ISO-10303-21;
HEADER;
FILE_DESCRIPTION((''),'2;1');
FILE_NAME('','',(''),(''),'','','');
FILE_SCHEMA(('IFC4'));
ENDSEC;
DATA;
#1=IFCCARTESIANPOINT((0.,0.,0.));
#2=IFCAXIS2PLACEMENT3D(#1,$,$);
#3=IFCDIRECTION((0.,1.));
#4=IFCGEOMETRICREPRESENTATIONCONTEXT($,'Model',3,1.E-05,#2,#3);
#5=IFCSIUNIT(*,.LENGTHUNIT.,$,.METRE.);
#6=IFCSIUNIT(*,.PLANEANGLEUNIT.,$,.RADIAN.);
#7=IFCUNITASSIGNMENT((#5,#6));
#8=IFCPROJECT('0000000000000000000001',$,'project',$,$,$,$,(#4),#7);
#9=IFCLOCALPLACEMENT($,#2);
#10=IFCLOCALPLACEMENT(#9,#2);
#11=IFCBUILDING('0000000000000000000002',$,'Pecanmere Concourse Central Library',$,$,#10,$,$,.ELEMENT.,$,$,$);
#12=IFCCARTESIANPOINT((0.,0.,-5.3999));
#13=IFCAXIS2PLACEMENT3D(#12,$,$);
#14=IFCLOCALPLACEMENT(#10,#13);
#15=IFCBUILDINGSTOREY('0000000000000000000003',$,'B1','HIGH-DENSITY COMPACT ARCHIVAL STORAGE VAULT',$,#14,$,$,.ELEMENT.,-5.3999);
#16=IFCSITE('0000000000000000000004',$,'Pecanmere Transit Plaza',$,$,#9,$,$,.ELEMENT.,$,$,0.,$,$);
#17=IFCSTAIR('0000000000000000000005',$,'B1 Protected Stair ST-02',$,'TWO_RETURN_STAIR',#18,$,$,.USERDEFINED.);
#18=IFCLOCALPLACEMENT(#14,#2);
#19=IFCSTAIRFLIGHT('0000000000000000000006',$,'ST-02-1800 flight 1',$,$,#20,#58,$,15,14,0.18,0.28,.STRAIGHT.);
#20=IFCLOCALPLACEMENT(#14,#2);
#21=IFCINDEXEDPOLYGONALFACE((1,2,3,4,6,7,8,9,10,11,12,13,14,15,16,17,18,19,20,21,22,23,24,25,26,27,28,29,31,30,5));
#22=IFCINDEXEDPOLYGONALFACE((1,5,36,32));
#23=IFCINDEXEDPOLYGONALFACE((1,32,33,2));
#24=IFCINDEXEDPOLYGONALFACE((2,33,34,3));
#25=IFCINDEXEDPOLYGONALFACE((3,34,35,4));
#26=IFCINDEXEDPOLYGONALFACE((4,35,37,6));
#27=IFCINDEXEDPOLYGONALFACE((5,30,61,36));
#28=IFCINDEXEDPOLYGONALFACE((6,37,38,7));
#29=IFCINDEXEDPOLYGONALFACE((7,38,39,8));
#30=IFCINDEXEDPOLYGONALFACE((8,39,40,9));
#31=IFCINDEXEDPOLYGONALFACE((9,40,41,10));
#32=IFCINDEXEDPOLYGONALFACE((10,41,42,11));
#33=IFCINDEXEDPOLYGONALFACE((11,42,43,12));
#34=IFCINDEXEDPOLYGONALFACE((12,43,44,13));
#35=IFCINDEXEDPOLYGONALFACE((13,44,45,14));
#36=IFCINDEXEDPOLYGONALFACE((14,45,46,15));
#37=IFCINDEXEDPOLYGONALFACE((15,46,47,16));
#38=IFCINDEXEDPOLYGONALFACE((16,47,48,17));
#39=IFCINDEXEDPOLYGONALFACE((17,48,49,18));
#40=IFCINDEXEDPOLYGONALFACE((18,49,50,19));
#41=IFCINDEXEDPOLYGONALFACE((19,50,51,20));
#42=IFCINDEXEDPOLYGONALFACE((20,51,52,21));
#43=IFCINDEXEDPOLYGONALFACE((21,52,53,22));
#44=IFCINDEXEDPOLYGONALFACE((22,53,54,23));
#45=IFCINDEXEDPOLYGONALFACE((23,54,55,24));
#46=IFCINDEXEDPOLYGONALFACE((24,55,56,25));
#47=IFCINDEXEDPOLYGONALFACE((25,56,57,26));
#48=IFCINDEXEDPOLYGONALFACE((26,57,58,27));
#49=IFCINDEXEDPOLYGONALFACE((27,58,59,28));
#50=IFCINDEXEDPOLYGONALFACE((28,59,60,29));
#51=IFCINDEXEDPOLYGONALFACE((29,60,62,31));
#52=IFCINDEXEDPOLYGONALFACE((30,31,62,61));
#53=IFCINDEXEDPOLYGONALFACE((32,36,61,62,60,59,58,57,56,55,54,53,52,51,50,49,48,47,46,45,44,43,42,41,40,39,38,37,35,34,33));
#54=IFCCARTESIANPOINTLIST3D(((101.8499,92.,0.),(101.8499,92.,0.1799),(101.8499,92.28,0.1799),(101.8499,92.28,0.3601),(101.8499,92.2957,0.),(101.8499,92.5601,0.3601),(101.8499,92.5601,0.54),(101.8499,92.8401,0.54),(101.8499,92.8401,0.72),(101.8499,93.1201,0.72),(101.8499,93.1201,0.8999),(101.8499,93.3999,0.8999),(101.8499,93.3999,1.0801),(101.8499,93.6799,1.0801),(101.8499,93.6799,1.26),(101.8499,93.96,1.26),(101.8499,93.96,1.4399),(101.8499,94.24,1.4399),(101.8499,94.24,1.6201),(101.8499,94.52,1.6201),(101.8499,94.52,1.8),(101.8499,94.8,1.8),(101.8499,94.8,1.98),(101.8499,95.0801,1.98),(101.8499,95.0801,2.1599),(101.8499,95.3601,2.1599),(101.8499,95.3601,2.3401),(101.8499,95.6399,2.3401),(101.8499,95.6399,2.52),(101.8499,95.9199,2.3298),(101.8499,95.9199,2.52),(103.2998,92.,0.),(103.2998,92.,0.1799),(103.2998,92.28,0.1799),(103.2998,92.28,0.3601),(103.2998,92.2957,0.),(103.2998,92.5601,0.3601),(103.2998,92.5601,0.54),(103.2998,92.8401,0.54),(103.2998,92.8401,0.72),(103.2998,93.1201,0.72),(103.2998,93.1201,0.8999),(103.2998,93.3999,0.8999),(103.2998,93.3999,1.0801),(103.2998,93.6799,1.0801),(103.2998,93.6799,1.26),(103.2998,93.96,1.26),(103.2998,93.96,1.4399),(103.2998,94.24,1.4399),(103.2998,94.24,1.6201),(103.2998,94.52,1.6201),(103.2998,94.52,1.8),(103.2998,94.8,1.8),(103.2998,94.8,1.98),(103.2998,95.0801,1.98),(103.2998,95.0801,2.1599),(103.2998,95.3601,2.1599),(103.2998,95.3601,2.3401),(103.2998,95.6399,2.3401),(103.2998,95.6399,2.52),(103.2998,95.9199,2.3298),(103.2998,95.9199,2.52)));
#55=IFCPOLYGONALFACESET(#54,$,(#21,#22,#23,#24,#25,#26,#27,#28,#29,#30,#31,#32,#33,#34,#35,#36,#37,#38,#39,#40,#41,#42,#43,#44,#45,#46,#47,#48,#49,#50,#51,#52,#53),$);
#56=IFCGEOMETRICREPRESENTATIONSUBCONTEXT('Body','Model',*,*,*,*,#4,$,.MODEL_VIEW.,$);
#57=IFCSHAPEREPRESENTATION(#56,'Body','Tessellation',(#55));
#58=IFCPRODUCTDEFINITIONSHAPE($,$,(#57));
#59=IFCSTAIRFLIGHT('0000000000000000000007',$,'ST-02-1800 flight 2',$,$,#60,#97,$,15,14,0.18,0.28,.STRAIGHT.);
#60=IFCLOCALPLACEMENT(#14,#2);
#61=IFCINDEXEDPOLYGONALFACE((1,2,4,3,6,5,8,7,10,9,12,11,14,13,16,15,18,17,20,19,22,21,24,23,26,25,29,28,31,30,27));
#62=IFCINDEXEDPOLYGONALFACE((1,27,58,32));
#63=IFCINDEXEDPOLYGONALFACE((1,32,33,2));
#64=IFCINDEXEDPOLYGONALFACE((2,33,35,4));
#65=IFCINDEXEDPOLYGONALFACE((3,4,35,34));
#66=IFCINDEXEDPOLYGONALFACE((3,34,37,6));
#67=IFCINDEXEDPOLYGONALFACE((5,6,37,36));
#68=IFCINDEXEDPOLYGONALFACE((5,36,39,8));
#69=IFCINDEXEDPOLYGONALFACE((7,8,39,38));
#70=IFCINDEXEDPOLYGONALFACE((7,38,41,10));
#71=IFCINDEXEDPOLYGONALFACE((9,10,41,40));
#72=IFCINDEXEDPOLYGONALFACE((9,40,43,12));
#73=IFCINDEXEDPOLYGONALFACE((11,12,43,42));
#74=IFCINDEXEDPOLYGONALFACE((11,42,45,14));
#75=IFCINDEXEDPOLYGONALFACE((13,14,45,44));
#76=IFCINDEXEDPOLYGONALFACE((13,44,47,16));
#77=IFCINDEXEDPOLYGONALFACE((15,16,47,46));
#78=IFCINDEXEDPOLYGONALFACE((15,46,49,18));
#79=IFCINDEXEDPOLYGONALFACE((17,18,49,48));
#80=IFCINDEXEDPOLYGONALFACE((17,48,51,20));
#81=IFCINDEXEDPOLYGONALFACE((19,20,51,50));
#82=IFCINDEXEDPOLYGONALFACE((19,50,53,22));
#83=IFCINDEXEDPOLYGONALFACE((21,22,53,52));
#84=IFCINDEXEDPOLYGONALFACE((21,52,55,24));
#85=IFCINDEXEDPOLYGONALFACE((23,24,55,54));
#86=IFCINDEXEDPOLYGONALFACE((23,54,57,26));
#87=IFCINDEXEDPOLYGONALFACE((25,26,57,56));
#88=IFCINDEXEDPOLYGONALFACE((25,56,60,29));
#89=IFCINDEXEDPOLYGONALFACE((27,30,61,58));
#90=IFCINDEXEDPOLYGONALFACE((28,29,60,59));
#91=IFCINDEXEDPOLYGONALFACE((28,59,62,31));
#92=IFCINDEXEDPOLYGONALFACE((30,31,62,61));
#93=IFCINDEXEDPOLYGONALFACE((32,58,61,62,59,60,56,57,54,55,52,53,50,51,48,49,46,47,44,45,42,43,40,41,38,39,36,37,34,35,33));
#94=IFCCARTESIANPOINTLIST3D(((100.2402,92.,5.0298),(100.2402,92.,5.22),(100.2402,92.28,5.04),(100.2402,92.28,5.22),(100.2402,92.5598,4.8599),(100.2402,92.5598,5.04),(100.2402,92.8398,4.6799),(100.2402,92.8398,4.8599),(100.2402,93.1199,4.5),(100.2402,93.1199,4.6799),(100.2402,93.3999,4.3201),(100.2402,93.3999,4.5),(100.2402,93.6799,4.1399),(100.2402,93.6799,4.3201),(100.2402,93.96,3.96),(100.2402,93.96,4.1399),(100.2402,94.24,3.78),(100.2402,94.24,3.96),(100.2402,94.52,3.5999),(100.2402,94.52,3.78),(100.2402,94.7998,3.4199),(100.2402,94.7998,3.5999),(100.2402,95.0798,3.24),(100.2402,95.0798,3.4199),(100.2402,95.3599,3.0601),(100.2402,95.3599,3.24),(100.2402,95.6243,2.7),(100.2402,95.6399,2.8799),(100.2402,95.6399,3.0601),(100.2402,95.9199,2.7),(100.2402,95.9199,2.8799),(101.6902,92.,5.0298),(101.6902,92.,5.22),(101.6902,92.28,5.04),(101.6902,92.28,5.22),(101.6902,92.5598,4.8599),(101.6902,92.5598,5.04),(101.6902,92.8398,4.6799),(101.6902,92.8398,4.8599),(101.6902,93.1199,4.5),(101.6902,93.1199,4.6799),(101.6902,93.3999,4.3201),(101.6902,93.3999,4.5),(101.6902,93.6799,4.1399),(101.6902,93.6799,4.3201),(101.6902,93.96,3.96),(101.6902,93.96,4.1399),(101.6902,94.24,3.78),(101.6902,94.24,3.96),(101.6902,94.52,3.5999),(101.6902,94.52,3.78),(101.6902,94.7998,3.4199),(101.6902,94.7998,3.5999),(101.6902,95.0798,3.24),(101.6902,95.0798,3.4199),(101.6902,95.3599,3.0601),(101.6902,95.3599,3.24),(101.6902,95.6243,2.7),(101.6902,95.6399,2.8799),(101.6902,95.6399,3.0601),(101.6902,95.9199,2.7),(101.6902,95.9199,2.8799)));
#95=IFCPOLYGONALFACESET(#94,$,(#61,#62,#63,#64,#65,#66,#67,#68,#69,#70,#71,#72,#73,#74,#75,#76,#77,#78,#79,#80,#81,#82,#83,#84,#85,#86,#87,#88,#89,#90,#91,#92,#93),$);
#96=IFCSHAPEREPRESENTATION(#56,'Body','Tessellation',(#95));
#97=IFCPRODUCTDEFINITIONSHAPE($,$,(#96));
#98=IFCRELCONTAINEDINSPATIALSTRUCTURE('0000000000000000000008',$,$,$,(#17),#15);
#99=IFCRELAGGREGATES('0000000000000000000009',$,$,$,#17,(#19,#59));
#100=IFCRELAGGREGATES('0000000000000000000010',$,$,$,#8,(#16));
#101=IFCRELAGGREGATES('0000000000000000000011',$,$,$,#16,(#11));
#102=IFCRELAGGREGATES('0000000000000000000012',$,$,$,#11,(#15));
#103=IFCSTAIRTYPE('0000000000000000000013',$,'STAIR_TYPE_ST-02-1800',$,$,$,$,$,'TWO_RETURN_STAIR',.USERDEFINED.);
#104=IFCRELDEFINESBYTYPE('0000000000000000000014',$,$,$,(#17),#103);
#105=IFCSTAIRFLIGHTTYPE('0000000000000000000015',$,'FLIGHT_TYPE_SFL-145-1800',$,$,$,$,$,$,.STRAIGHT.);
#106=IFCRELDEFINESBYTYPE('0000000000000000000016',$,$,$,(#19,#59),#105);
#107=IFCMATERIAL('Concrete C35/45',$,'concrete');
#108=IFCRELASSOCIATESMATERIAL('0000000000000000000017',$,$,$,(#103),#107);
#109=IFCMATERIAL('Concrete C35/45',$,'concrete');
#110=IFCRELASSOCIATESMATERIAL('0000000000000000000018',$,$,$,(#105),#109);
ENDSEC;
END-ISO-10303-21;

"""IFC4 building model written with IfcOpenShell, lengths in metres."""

from ifc_helpers import new_model, si_unit, direction, frame, origin, place, context, subcontext, project, spatial, polyline, outline, extrude, material, type_object, element, aggregate, save


model = new_model("IFC4")

# Units and contexts
model_context = context("Model", 3, precision=1e-05, world=origin(), true_north=direction((0.0, 1.0)))
body_context = subcontext(model_context, "Body", "Model", "MODEL_VIEW")
ifc_project = project(units=[si_unit("LENGTHUNIT", "METRE"), si_unit("PLANEANGLEUNIT", "RADIAN")], contexts=[model_context])

# Site, building, storey
site_placement = place(None, origin())
site = spatial("IfcSite", under=ifc_project, at=site_placement, Name="Pecanmere Transit Plaza", CompositionType="ELEMENT", RefElevation=0.0)
building_placement = place(site_placement, origin())
building = spatial("IfcBuilding", under=site, at=building_placement, Name="Pecanmere Concourse Central Library", CompositionType="ELEMENT")
storey_placement = place(building_placement, frame((0.0, 0.0, -5.3999)))
storey = spatial("IfcBuildingStorey", under=building, at=storey_placement, Name="B1", Description="HIGH-DENSITY COMPACT ARCHIVAL STORAGE VAULT", CompositionType="ELEMENT", Elevation=-5.3999)

# Stair, stair flights
ifc_material_1 = material(Name="Concrete C35/45", Category="concrete")
stair_type = type_object("IfcStairType", Name="STAIR_TYPE_ST-02-1800", ElementType="TWO_RETURN_STAIR", PredefinedType="USERDEFINED", material=ifc_material_1)
stair_placement = place(storey_placement, origin())
stair = element("IfcStair", 1, at=stair_placement, inside=storey, type_object=stair_type, Name="B1 Protected Stair ST-02", ObjectType="TWO_RETURN_STAIR", PredefinedType="USERDEFINED")
ifc_material_2 = material(Name="Concrete C35/45", Category="concrete")
stair_flight_type = type_object("IfcStairFlightType", Name="FLIGHT_TYPE_SFL-145-1800", PredefinedType="STRAIGHT", material=ifc_material_2)
stair_flight_1_placement = place(storey_placement, frame((102.575, 92.0, 0.0), z_axis=(0.0, 0.0, 1.0), x_axis=(0.0, 1.0, 0.0)))
stair_flight_1 = element("IfcStairFlight", 2, at=stair_flight_1_placement, type_object=stair_flight_type, Name="ST-02-1800 flight 1", NumberOfRisers=15, NumberOfTreads=14, PredefinedType="STRAIGHT", RiserHeight=0.18, TreadLength=0.28, context=body_context, shape_type="SweptSolid", body=[
    extrude(outline(polyline([(0.0, 0.0), (0.0, 0.1799), (0.28, 0.1799), (0.28, 0.3601), (0.5601, 0.3601), (0.5601, 0.54), (0.8401, 0.54), (0.8401, 0.72), (1.1201, 0.72), (1.1201, 0.8999), (1.3999, 0.8999), (1.3999, 1.0801), (1.6799, 1.0801), (1.6799, 1.26), (1.96, 1.26), (1.96, 1.4399), (2.24, 1.4399), (2.24, 1.6201), (2.52, 1.6201), (2.52, 1.8), (2.8, 1.8), (2.8, 1.98), (3.0801, 1.98), (3.0801, 2.1599), (3.3601, 2.1599), (3.3601, 2.3401), (3.6399, 2.3401), (3.6399, 2.52), (3.9199, 2.52), (3.9199, 2.7), (3.9199, 2.3298), (0.2957, 0.0), (0.0, 0.0)])), frame((0.0, 0.7251, 0.0), z_axis=(0.0, -1.0, 0.0), x_axis=(1.0, 0.0, 0.0)), (0.0, 0.0, 1.0), 1.45),
])
stair_flight_2_placement = place(storey_placement, frame((100.9651, 95.9199, 2.7), z_axis=(0.0, 0.0, 1.0), x_axis=(0.0, -1.0, 0.0)))
stair_flight_2 = element("IfcStairFlight", 3, at=stair_flight_2_placement, type_object=stair_flight_type, Name="ST-02-1800 flight 2", NumberOfRisers=15, NumberOfTreads=14, PredefinedType="STRAIGHT", RiserHeight=0.18, TreadLength=0.28, context=body_context, shape_type="SweptSolid", body=[
    extrude(outline(polyline([(0.0, 0.0), (0.0, 0.1799), (0.28, 0.1799), (0.28, 0.3601), (0.5601, 0.3601), (0.5601, 0.54), (0.8401, 0.54), (0.8401, 0.72), (1.1201, 0.72), (1.1201, 0.8999), (1.3999, 0.8999), (1.3999, 1.0801), (1.6799, 1.0801), (1.6799, 1.26), (1.96, 1.26), (1.96, 1.4399), (2.24, 1.4399), (2.24, 1.6201), (2.52, 1.6201), (2.52, 1.8), (2.8, 1.8), (2.8, 1.98), (3.0801, 1.98), (3.0801, 2.1599), (3.3601, 2.1599), (3.3601, 2.3401), (3.6399, 2.3401), (3.6399, 2.52), (3.9199, 2.52), (3.9199, 2.7), (3.9199, 2.3298), (0.2957, 0.0), (0.0, 0.0)])), frame((0.0, 0.7251, 0.0), z_axis=(0.0, -1.0, 0.0), x_axis=(1.0, 0.0, 0.0)), (0.0, 0.0, 1.0), 1.45),
])
aggregate(stair, [stair_flight_1, stair_flight_2])

save(model, "model.ifc")
